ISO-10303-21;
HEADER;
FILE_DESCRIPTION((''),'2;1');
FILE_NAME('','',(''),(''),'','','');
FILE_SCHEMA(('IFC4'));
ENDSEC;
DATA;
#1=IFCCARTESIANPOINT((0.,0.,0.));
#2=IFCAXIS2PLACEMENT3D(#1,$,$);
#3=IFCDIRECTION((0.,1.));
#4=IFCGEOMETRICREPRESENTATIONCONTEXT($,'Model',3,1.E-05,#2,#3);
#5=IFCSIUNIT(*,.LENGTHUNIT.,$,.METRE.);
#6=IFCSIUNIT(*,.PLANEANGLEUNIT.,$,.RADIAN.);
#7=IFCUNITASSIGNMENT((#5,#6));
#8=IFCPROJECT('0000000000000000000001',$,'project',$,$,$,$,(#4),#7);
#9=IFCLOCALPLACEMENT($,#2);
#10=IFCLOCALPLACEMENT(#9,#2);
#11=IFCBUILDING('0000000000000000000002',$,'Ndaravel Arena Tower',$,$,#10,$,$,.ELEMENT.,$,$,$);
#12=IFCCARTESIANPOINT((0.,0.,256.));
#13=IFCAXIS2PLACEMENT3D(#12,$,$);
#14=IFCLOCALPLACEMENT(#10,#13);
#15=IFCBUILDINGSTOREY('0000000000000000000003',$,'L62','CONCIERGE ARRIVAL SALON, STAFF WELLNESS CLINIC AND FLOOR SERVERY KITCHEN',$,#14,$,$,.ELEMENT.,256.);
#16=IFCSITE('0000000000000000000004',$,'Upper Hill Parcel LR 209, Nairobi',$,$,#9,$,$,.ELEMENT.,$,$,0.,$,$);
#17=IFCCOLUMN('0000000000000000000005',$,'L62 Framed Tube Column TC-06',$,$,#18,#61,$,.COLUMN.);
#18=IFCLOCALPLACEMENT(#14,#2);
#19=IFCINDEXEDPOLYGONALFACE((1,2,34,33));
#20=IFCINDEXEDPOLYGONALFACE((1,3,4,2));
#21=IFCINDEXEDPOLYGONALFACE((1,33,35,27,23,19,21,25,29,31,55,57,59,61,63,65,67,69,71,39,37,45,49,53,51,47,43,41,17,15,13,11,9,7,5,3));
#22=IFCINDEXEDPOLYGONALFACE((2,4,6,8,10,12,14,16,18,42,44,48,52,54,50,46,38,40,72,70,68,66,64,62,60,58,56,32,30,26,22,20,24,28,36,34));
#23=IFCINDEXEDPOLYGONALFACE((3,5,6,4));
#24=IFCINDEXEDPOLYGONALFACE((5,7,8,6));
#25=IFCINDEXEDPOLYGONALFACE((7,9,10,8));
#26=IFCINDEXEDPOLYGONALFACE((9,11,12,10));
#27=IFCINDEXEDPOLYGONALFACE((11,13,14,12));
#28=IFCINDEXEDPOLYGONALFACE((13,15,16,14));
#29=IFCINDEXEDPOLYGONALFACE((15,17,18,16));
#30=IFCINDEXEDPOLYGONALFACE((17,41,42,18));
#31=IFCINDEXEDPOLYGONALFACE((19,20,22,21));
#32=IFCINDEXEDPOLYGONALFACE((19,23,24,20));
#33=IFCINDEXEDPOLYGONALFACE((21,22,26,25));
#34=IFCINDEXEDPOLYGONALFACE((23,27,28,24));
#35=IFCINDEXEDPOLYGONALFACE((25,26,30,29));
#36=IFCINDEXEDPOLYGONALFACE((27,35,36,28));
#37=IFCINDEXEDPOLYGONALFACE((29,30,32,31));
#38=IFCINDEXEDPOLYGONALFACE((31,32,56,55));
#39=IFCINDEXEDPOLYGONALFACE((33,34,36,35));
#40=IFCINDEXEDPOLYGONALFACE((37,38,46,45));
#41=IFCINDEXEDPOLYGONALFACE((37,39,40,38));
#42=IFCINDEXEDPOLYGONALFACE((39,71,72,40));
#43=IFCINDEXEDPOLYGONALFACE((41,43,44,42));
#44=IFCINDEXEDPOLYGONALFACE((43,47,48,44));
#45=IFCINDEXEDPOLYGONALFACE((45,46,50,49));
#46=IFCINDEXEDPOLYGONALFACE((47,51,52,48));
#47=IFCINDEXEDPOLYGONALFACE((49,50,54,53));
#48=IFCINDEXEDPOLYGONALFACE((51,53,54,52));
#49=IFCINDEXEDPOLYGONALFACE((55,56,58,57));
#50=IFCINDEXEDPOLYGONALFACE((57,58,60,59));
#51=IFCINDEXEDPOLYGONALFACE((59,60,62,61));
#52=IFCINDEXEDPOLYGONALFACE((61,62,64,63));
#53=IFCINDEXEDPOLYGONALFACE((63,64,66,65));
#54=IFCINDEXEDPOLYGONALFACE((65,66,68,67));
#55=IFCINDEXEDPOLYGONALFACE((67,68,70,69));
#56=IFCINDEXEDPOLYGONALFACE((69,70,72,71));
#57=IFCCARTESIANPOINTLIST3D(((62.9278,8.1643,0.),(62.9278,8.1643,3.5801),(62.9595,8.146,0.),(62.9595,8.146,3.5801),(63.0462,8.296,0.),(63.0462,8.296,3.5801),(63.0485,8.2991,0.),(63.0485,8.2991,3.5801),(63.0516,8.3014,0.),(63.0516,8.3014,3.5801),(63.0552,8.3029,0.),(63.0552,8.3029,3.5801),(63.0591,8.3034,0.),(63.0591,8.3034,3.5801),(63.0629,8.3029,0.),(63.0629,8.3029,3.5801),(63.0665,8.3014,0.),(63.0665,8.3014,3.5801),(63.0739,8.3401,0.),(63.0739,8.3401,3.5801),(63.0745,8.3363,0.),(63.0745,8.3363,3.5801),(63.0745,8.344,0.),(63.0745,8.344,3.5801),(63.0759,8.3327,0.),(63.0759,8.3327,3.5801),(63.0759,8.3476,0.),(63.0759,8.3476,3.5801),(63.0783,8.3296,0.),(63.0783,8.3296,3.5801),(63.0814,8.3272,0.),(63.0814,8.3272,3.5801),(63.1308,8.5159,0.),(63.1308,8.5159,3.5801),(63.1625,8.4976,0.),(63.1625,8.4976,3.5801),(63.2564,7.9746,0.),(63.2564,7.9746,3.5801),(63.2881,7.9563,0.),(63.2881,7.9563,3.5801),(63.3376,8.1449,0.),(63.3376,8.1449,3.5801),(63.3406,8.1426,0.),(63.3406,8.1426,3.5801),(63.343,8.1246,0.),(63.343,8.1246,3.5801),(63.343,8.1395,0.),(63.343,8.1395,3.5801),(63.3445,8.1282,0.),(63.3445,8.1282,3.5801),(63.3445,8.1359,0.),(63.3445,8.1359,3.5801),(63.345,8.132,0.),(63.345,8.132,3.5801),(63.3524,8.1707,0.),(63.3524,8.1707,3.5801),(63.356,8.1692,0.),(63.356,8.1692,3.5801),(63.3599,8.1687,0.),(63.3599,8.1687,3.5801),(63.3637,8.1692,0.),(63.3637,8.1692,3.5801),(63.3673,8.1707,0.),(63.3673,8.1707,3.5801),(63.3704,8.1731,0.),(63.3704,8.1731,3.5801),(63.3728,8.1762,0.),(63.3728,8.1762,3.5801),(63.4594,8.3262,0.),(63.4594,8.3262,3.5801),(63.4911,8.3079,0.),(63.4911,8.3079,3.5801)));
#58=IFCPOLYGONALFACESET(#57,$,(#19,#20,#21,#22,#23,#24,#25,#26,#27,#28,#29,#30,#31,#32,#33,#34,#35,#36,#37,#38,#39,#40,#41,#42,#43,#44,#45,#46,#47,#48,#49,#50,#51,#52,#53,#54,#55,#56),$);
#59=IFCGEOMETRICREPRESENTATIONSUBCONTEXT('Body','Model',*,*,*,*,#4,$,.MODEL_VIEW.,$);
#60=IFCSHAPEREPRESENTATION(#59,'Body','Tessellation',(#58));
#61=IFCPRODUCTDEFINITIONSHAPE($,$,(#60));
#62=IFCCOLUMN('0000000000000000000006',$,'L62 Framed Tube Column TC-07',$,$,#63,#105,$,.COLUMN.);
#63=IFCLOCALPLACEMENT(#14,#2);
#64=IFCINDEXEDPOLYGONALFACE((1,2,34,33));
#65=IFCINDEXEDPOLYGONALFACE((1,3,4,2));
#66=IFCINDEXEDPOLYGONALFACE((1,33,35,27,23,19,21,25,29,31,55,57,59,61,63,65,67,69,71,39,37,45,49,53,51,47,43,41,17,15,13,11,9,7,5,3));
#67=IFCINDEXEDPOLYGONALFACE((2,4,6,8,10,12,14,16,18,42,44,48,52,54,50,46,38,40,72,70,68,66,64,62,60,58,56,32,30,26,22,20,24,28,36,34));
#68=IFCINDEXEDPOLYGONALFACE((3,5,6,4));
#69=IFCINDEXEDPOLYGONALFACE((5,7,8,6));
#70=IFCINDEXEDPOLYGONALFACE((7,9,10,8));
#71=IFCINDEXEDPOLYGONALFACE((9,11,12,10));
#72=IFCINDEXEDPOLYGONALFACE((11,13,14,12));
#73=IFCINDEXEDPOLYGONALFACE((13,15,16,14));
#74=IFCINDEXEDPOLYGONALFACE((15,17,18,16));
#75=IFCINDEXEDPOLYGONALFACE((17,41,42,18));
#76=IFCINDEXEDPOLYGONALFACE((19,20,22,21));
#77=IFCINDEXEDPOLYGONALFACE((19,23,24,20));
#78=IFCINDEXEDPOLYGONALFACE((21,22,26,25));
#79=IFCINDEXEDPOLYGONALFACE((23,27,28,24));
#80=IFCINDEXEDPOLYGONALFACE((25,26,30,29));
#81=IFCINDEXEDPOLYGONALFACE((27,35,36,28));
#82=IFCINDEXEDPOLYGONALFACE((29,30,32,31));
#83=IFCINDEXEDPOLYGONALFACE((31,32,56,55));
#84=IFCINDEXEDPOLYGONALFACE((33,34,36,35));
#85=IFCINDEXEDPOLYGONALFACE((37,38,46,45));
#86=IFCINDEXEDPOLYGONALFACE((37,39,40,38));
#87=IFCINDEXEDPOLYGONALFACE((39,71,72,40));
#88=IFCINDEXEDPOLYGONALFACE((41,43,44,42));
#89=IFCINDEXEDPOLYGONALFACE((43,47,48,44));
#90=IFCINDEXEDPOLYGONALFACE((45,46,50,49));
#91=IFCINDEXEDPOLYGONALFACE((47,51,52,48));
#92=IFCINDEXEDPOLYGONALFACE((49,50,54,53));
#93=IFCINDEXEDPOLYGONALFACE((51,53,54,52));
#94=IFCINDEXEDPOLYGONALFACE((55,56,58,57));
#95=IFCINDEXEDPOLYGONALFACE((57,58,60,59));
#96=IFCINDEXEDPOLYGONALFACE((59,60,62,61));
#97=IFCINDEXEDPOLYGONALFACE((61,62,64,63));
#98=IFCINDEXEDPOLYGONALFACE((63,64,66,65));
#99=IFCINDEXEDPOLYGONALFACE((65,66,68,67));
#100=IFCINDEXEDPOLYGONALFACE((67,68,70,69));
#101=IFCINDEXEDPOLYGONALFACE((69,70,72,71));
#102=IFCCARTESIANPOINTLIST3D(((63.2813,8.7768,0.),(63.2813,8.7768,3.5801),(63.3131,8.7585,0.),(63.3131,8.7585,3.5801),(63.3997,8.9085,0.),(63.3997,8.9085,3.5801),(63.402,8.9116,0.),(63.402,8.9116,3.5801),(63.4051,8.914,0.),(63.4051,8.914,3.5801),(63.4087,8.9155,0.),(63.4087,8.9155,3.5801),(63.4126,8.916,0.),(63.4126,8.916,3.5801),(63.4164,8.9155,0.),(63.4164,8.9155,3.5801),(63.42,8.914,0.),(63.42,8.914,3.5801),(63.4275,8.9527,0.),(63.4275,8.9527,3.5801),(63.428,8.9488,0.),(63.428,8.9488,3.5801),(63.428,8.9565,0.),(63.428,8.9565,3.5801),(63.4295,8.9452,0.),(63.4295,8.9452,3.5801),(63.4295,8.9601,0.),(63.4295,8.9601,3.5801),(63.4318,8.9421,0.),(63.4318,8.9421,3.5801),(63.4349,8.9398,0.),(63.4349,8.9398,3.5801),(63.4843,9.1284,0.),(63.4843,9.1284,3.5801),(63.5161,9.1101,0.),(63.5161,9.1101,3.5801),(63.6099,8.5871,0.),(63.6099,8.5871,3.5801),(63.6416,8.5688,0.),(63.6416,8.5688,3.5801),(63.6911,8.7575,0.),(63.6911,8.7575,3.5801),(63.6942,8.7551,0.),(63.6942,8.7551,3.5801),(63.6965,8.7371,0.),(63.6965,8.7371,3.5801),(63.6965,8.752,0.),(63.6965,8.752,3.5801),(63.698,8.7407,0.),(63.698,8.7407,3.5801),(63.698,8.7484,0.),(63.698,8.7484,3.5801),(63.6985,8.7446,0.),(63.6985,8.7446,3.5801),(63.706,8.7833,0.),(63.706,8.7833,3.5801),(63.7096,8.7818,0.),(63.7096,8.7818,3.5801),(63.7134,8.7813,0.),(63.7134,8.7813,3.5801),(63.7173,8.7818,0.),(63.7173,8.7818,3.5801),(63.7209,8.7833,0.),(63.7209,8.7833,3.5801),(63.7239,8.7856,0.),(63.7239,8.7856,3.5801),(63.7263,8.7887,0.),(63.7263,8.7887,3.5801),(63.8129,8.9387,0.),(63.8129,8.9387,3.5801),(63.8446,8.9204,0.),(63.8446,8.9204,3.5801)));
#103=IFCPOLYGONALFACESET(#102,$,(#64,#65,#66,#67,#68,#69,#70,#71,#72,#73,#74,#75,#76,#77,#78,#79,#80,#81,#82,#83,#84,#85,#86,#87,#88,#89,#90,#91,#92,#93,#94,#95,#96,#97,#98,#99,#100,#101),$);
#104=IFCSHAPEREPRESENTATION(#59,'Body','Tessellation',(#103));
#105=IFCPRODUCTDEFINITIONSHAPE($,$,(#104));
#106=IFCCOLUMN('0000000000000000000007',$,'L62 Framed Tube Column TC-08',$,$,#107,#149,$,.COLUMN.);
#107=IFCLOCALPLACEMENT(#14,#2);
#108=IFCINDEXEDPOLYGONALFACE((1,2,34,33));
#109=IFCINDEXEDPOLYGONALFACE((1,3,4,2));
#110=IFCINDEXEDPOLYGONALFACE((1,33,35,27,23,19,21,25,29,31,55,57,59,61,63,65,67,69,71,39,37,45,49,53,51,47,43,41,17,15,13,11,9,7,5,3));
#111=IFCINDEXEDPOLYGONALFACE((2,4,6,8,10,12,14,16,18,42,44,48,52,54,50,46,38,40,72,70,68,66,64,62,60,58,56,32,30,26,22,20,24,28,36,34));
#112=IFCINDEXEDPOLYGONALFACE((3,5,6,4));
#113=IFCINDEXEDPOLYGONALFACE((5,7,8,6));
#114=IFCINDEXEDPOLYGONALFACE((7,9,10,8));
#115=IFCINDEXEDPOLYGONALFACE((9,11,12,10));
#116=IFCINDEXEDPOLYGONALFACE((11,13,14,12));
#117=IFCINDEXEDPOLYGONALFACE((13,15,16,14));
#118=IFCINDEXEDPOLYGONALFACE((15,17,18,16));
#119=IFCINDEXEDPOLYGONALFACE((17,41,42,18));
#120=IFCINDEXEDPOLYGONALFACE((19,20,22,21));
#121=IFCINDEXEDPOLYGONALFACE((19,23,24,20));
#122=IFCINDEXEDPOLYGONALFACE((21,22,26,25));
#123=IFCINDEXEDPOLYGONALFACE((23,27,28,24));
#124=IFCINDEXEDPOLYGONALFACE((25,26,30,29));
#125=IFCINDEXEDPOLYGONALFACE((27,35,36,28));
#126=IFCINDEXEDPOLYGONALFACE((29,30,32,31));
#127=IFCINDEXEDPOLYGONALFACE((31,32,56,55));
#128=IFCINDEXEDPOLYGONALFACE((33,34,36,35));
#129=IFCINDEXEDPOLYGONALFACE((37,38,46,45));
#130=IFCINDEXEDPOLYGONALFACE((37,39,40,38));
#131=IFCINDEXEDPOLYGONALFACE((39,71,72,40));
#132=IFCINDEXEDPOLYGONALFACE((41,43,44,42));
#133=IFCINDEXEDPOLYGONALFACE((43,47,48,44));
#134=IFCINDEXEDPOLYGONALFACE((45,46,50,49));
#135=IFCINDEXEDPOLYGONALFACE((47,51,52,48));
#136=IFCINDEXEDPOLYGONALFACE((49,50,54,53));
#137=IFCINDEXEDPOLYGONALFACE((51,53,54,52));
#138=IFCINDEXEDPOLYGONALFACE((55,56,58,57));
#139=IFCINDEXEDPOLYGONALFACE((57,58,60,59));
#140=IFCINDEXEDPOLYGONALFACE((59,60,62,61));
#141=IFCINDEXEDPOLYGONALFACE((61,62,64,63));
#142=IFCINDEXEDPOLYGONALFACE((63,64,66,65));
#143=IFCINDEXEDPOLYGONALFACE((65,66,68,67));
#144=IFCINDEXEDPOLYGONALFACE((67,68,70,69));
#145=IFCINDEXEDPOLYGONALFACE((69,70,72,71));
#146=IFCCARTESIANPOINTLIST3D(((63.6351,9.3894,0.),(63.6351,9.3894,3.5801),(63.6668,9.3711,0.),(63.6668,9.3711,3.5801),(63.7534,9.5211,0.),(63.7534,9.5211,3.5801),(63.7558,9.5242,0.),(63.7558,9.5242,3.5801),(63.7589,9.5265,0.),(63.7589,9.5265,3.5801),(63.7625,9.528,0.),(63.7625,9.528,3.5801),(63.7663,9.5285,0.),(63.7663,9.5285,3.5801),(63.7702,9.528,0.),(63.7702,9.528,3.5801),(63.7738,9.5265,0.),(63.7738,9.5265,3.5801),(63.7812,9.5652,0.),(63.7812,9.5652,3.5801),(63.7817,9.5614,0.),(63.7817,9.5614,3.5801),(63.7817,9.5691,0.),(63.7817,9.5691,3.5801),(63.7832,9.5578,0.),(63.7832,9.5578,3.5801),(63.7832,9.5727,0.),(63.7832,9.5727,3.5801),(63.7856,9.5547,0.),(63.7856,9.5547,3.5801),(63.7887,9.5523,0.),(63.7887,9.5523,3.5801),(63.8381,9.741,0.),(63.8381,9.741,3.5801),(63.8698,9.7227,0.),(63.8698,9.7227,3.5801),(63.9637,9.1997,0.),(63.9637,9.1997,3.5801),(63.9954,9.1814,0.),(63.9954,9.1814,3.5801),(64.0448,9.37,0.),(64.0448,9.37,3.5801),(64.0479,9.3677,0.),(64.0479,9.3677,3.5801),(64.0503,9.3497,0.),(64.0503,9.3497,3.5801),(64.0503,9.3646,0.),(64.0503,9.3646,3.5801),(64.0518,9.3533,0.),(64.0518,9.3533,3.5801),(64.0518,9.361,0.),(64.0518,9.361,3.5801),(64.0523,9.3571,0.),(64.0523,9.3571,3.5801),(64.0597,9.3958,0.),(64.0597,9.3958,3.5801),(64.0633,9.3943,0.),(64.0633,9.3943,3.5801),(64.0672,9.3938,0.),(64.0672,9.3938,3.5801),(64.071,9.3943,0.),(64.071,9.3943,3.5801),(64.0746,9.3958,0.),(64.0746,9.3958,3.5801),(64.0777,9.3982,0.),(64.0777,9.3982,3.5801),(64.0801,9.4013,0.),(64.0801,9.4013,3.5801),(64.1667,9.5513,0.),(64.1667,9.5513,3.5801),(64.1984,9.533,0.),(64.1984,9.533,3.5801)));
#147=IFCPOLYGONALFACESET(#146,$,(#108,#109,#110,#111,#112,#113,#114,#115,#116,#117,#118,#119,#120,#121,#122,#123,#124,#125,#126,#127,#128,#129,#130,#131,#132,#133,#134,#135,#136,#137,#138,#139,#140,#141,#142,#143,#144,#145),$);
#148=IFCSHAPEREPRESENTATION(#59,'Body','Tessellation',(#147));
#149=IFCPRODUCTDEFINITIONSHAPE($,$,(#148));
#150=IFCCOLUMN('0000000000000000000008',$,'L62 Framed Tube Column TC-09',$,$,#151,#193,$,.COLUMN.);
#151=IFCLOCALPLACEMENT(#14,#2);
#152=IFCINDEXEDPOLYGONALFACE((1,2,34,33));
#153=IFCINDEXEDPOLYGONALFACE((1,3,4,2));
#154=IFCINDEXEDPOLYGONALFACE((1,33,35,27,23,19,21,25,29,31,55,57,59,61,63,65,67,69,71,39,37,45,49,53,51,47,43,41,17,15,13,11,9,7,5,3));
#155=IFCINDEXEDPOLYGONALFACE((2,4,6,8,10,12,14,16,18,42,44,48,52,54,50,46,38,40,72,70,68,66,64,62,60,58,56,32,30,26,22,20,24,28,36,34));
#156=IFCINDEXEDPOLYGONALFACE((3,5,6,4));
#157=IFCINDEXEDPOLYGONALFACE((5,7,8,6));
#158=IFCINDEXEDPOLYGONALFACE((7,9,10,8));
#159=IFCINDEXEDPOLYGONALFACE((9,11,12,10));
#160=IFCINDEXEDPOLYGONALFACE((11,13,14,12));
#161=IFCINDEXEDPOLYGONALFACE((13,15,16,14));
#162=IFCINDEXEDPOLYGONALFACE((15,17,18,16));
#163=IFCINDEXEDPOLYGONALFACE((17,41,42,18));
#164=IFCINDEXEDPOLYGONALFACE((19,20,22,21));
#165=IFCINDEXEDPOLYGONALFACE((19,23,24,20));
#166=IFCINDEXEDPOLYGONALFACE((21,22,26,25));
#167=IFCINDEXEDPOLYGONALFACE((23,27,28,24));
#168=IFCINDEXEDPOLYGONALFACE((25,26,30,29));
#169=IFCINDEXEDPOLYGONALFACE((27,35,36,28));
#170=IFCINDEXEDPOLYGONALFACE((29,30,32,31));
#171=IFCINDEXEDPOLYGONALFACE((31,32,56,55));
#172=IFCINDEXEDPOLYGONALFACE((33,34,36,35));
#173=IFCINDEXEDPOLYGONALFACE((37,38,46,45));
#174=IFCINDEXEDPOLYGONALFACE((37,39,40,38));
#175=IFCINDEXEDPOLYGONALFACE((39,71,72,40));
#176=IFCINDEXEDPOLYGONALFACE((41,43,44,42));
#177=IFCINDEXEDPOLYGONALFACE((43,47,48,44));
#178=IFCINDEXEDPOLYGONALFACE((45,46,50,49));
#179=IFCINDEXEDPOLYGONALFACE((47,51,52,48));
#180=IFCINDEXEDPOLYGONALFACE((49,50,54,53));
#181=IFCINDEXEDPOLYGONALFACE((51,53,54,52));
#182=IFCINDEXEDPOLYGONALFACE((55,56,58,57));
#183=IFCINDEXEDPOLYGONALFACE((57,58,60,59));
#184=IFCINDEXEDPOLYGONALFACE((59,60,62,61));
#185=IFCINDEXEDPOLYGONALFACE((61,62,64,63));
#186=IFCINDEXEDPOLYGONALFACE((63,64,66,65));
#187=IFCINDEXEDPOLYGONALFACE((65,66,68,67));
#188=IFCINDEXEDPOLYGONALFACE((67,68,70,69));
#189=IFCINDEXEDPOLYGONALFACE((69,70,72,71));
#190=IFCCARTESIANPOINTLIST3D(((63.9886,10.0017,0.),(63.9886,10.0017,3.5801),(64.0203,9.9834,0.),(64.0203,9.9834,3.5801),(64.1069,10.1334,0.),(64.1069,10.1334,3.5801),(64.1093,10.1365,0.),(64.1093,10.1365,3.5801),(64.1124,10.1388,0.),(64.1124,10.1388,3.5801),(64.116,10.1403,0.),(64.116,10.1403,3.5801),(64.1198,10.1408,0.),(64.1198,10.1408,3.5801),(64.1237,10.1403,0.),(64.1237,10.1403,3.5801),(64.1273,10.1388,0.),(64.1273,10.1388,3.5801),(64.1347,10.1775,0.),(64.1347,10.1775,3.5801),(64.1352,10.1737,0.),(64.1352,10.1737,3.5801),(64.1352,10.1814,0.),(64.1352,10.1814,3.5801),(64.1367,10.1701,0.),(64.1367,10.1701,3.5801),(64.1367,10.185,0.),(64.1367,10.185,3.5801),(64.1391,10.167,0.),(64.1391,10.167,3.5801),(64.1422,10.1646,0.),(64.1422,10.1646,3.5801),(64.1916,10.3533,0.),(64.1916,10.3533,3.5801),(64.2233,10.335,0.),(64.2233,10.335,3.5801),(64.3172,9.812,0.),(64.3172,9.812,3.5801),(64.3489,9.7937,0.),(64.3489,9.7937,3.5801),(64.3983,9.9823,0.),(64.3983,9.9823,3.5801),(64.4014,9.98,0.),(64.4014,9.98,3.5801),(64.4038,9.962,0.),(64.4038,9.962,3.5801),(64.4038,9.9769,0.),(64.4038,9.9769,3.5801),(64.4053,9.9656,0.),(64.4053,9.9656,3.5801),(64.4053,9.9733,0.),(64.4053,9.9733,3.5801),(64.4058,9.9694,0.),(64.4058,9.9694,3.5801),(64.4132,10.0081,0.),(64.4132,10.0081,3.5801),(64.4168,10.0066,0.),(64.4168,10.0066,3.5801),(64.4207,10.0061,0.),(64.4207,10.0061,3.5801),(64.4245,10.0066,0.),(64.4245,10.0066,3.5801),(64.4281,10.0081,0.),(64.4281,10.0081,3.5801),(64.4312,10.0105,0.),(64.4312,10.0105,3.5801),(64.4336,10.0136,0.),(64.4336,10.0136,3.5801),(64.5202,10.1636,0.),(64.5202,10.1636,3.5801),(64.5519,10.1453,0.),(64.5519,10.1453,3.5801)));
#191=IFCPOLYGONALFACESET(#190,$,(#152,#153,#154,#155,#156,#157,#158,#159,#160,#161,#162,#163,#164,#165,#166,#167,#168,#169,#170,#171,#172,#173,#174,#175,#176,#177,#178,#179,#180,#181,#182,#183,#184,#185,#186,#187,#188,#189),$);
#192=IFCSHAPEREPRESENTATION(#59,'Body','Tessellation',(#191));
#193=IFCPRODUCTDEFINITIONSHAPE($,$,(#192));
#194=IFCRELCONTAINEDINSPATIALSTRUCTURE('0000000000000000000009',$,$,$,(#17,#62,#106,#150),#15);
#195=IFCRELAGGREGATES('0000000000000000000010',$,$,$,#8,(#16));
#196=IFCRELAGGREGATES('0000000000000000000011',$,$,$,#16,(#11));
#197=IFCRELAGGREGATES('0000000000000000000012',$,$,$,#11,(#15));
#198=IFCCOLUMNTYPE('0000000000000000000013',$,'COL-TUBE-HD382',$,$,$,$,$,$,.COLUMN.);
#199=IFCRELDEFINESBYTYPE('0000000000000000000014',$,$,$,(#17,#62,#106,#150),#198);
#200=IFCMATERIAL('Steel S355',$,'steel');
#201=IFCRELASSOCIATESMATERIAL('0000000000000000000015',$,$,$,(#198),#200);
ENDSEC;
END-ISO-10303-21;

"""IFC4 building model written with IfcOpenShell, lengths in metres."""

from ifc_helpers import new_model, si_unit, direction, frame, origin, origin_2d, place, context, subcontext, project, spatial, i_section, extrude, material, material_profile, profile_set, type_object, element, save


model = new_model("IFC4")

# Units and contexts
model_context = context("Model", 3, precision=1e-05, world=origin(), true_north=direction((0.0, 1.0)))
body_context = subcontext(model_context, "Body", "Model", "MODEL_VIEW")
ifc_project = project(units=[si_unit("LENGTHUNIT", "METRE"), si_unit("PLANEANGLEUNIT", "RADIAN")], contexts=[model_context])

# Site, building, storey
site_placement = place(None, origin())
site = spatial("IfcSite", under=ifc_project, at=site_placement, Name="Upper Hill Parcel LR 209, Nairobi", CompositionType="ELEMENT", RefElevation=0.0)
building_placement = place(site_placement, origin())
building = spatial("IfcBuilding", under=site, at=building_placement, Name="Ndaravel Arena Tower", CompositionType="ELEMENT")
storey_placement = place(building_placement, frame((0.0, 0.0, 256.0)))
storey = spatial("IfcBuildingStorey", under=building, at=storey_placement, Name="L62", Description="CONCIERGE ARRIVAL SALON, STAFF WELLNESS CLINIC AND FLOOR SERVERY KITCHEN", CompositionType="ELEMENT", Elevation=256.0)

# Columns
ifc_material_1 = material(Name="Steel S355", Category="steel")
ifc_material_profile_1 = material_profile(ifc_material_1, i_section(OverallWidth=0.406, OverallDepth=0.416, WebThickness=0.0298, FlangeThickness=0.0366, FilletRadius=0.0149, at=origin_2d()), Name="HD 400x382")
ifc_profile_set_1 = profile_set([ifc_material_profile_1], Name="Steel S355")
column_type = type_object("IfcColumnType", Name="COL-TUBE-HD382", PredefinedType="COLUMN", material=ifc_profile_set_1)
for number, where, z_axis, x_axis, name in (
    (1, (63.2095, 8.2361, 0.0), (0.0, 0.0, 1.0), (0.5, 0.866025, 0.0), "L62 Framed Tube Column TC-06"),
    (2, (63.563, 8.8486, 0.0), (0.0, 0.0, 1.0), (0.5, 0.866025, 0.0), "L62 Framed Tube Column TC-07"),
    (3, (63.9167, 9.4612, 0.0), (0.0, 0.0, 1.0), (0.5, 0.866025, 0.0), "L62 Framed Tube Column TC-08"),
    (4, (64.2703, 10.0735, 0.0), (0.0, 0.0, 1.0), (0.5, 0.866025, 0.0), "L62 Framed Tube Column TC-09"),
):
    element("IfcColumn", number, at=place(storey_placement, frame(where, z_axis=z_axis, x_axis=x_axis)), inside=storey, type_object=column_type, Name=name, PredefinedType="COLUMN", context=body_context, shape_type="SweptSolid", body=[
        extrude(i_section(OverallWidth=0.406, OverallDepth=0.416, WebThickness=0.0298, FlangeThickness=0.0366, FilletRadius=0.0149, at=origin_2d()), origin(), (0.0, 0.0, 1.0), 3.5801),
    ])

save(model, "model.ifc")
